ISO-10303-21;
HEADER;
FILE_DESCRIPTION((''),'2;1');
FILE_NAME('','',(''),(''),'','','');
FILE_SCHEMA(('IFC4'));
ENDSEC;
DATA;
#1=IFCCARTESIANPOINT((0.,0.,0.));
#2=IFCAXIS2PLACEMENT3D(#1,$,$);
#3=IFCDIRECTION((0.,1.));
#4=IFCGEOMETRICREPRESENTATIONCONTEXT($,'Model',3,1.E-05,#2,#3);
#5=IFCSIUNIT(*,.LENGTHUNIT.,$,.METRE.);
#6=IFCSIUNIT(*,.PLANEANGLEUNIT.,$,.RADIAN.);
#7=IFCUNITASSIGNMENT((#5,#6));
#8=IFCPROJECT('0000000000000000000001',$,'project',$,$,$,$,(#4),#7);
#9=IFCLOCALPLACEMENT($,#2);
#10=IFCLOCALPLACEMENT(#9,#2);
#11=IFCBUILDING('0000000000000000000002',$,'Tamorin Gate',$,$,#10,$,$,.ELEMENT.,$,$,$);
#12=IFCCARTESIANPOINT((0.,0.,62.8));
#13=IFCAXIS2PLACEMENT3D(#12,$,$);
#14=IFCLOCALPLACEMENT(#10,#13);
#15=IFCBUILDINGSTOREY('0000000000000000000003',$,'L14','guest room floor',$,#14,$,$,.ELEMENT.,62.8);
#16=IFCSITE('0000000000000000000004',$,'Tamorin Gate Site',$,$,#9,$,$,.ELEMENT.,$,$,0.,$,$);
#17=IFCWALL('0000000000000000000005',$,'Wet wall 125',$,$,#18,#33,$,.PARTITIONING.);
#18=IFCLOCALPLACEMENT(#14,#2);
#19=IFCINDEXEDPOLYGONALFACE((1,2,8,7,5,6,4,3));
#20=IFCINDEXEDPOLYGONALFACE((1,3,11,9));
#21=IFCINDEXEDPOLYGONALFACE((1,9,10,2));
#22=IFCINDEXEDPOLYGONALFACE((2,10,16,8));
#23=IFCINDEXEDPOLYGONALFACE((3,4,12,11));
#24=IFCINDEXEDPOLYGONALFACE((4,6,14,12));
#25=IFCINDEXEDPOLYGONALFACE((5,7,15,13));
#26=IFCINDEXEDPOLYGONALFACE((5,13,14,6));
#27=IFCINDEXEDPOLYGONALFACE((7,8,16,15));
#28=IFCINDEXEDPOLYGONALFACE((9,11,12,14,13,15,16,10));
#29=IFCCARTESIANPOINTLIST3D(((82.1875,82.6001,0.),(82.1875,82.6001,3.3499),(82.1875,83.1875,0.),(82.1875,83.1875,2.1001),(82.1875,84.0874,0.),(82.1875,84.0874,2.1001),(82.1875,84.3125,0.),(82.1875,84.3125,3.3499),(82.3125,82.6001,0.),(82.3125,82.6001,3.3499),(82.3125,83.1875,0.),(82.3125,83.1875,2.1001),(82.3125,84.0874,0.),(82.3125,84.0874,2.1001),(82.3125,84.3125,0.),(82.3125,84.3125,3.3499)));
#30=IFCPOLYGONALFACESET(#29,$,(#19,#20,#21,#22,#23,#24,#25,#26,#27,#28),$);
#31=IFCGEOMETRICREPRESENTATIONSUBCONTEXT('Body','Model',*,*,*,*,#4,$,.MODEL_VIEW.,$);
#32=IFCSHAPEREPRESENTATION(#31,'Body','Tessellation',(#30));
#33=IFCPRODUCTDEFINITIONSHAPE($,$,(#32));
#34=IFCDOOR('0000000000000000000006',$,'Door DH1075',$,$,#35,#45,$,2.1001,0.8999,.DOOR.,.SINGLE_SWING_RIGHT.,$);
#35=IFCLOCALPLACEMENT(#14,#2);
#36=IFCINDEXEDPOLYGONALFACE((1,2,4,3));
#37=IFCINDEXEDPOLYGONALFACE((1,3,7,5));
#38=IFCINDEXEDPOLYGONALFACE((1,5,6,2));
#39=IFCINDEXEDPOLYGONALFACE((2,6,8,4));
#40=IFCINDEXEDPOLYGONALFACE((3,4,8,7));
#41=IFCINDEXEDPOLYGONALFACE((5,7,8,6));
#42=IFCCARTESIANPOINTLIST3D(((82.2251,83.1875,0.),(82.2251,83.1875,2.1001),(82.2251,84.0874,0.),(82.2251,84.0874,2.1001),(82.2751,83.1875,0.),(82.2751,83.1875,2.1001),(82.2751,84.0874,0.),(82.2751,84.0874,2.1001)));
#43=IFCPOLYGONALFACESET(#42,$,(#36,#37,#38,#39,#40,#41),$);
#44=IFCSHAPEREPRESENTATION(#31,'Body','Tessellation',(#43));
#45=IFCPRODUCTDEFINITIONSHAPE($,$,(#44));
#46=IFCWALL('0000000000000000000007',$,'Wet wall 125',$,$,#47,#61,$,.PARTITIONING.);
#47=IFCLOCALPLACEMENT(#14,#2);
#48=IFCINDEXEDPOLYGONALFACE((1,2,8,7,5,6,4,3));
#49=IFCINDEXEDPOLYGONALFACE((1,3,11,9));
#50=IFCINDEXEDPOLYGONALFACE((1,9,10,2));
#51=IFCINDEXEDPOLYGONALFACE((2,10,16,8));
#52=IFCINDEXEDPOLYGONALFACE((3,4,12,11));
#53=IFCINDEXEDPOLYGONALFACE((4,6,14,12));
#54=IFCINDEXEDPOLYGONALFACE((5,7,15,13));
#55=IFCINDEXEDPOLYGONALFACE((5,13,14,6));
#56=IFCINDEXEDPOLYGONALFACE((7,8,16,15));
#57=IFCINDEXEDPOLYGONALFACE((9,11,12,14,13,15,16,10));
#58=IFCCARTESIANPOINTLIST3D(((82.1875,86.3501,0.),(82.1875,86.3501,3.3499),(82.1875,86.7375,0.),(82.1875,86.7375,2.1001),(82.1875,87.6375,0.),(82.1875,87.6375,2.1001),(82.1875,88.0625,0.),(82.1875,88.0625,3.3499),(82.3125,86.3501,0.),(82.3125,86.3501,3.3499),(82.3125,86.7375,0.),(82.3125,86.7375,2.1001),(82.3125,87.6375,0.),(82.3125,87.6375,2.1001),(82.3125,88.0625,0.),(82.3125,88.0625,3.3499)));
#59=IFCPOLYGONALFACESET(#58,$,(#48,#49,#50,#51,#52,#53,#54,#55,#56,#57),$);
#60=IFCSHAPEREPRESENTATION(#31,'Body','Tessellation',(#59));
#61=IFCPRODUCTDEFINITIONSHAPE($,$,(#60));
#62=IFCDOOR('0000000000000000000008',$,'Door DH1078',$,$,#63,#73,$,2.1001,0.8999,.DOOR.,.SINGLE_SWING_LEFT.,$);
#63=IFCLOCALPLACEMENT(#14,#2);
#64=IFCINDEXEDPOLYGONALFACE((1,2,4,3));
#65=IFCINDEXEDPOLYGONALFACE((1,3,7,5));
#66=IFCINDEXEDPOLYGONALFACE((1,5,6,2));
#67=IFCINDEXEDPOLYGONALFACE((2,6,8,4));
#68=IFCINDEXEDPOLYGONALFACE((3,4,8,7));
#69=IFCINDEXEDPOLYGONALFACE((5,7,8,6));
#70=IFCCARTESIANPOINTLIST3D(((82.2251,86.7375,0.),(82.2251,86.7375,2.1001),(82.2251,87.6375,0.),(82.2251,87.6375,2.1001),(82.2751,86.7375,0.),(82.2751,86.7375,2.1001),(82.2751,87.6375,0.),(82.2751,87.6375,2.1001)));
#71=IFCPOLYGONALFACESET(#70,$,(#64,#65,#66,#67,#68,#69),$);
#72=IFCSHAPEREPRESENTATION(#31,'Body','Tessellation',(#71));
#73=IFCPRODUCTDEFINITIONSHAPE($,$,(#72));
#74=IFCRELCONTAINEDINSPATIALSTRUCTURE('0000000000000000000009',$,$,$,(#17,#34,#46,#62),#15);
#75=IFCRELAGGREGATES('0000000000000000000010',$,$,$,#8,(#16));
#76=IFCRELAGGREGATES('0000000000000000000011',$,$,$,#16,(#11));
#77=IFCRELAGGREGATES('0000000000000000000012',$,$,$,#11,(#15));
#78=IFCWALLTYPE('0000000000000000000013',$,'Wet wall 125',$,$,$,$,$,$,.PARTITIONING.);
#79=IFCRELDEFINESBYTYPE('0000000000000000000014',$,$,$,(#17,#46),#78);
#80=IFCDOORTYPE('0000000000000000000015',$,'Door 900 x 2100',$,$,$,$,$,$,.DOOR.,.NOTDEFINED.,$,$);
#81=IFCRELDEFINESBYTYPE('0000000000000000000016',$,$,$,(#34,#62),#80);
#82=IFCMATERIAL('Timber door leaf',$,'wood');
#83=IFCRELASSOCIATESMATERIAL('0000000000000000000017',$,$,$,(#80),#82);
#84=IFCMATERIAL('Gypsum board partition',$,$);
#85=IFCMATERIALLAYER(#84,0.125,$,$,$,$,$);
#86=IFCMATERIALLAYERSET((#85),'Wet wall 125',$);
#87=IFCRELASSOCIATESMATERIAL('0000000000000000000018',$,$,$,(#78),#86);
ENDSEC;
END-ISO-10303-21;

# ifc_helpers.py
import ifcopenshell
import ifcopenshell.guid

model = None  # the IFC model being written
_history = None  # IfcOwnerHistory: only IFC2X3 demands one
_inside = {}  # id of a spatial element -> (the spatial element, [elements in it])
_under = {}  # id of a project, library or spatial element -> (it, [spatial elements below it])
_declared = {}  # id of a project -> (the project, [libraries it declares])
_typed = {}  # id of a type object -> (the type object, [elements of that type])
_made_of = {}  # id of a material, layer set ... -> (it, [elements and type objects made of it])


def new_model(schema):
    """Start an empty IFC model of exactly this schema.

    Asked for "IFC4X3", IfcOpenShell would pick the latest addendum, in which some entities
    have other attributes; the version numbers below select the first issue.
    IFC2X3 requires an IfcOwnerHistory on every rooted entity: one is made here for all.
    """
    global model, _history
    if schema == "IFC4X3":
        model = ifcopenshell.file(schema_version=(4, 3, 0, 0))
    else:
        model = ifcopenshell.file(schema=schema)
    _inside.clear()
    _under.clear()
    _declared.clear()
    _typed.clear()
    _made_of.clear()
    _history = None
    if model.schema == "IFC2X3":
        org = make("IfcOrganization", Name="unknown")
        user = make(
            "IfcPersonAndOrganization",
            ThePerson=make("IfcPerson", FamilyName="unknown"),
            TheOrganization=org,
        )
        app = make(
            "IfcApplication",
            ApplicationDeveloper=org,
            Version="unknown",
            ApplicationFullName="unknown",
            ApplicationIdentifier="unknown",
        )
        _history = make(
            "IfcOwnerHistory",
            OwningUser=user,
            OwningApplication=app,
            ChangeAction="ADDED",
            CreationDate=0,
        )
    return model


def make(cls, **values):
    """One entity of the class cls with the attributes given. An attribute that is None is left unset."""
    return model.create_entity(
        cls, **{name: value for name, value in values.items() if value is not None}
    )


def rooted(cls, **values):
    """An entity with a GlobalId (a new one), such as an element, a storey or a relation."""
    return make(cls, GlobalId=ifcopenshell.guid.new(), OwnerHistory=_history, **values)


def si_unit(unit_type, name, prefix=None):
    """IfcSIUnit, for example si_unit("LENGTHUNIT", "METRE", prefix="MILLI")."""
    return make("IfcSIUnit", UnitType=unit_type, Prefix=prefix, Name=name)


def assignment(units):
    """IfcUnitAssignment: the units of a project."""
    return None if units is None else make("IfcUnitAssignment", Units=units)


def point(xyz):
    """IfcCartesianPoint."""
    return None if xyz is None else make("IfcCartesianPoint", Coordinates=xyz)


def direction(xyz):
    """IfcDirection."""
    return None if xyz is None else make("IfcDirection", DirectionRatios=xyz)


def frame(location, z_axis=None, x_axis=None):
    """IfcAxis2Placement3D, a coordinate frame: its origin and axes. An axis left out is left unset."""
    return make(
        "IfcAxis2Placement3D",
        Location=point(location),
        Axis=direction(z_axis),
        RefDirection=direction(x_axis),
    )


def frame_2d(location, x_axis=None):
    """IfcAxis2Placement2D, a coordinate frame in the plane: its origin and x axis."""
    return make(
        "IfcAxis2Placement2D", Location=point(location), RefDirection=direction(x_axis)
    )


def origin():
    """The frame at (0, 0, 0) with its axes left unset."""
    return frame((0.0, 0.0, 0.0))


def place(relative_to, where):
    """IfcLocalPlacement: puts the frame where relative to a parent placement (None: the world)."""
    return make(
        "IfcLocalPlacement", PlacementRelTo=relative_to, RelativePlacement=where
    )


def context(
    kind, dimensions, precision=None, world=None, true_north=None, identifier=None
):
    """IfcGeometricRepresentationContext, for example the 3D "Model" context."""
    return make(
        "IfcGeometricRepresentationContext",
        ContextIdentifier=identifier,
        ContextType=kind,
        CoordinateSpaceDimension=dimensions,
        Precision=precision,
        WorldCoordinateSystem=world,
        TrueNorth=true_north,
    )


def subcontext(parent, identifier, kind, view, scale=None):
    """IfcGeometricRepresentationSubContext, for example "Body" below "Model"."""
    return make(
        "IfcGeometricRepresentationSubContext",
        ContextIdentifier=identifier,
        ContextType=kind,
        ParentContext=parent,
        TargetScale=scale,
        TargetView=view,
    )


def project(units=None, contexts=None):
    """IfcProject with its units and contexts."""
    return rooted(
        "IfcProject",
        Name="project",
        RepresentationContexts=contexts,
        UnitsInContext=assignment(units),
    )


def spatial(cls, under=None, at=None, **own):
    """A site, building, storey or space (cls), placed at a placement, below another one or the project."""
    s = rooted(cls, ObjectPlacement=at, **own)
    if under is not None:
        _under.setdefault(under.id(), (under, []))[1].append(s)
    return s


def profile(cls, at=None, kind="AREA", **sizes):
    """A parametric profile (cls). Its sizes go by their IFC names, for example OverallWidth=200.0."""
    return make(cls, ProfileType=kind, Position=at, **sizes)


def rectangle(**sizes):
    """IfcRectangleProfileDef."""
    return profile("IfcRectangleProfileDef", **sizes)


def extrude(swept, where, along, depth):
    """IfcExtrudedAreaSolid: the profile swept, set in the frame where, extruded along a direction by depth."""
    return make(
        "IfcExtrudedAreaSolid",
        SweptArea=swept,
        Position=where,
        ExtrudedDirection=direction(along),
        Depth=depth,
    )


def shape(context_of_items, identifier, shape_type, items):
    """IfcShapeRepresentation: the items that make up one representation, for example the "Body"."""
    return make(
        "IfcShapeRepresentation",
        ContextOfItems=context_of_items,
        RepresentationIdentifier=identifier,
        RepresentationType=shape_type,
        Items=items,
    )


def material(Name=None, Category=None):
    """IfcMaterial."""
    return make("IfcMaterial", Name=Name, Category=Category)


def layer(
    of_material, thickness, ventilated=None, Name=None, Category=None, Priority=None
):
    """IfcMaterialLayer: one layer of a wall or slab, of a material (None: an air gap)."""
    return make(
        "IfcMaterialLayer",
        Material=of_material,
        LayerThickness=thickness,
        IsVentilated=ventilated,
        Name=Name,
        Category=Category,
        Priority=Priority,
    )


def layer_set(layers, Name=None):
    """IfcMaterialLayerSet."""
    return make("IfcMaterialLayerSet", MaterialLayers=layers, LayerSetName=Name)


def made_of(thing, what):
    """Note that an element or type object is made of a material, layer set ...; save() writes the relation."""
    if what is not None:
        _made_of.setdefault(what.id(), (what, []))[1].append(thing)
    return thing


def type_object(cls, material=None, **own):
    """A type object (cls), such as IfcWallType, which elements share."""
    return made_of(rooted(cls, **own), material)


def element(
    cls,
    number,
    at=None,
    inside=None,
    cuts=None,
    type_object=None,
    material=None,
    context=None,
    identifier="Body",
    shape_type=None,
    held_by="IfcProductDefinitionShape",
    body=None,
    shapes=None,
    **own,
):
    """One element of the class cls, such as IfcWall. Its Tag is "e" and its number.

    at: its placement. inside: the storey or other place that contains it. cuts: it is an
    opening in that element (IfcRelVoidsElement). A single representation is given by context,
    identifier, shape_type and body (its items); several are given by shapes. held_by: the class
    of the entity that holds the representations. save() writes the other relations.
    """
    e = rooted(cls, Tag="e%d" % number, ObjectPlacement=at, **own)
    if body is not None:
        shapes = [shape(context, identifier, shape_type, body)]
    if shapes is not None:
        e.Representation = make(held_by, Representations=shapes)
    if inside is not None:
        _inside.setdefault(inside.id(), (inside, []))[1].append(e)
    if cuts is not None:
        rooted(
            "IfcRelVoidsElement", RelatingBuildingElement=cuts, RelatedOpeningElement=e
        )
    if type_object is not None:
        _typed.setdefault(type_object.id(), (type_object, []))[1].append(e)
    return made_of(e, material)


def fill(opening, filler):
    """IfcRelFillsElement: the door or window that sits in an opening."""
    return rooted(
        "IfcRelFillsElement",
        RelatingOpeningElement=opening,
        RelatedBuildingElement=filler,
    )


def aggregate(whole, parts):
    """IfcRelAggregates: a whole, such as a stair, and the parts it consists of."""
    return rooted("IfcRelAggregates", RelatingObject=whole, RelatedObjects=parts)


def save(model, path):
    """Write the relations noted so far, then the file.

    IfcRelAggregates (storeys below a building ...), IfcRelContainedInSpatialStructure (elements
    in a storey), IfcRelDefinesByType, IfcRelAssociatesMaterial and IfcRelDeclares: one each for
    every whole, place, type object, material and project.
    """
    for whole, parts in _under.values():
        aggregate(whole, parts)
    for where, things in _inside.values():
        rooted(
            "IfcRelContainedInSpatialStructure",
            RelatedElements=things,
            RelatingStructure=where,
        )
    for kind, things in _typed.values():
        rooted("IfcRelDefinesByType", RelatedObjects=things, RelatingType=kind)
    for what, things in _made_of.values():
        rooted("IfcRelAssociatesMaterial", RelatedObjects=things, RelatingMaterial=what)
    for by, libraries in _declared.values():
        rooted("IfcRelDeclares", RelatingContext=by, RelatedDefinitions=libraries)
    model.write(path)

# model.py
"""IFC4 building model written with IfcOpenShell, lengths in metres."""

from ifc_helpers import new_model, si_unit, direction, frame, frame_2d, origin, place, context, subcontext, project, spatial, rectangle, extrude, material, layer, layer_set, type_object, element, fill, save


model = new_model("IFC4")

# Units and contexts
model_context = context("Model", 3, precision=1e-05, world=origin(), true_north=direction((0.0, 1.0)))
body_context = subcontext(model_context, "Body", "Model", "MODEL_VIEW")
ifc_project = project(units=[si_unit("LENGTHUNIT", "METRE"), si_unit("PLANEANGLEUNIT", "RADIAN")], contexts=[model_context])

# Site, building, storey
site_placement = place(None, origin())
site = spatial("IfcSite", under=ifc_project, at=site_placement, Name="Tamorin Gate Site", CompositionType="ELEMENT", RefElevation=0.0)
building_placement = place(site_placement, origin())
building = spatial("IfcBuilding", under=site, at=building_placement, Name="Tamorin Gate", CompositionType="ELEMENT")
storey_placement = place(building_placement, frame((0.0, 0.0, 62.8)))
storey = spatial("IfcBuildingStorey", under=building, at=storey_placement, Name="L14", Description="guest room floor", CompositionType="ELEMENT", Elevation=62.8)

# Walls, openings, doors
ifc_material_1 = material(Name="Gypsum board partition")
ifc_material_2 = material(Name="Timber door leaf", Category="wood")
door_type = type_object("IfcDoorType", Name="Door 900 x 2100", OperationType="NOTDEFINED", PredefinedType="DOOR", material=ifc_material_2)
ifc_layer_1 = layer(ifc_material_1, 0.125)
ifc_layer_set_1 = layer_set([ifc_layer_1], Name="Wet wall 125")
wall_type_1 = type_object("IfcWallType", Name="Wet wall 125", PredefinedType="PARTITIONING", material=ifc_layer_set_1)
wall_1_placement = place(storey_placement, frame((82.25, 82.6001, 0.0), z_axis=(0.0, 0.0, 1.0), x_axis=(0.0, 1.0, 0.0)))
wall_1 = element("IfcWall", 1, at=wall_1_placement, inside=storey, type_object=wall_type_1, Name="Wet wall 125", PredefinedType="PARTITIONING", context=body_context, shape_type="SweptSolid", body=[
    extrude(rectangle(XDim=1.7124, YDim=0.125, at=frame_2d((0.8562, 0.0))), origin(), (0.0, 0.0, 1.0), 3.3499),
])
opening_1_placement = place(wall_1_placement, frame((0.5874, 0.0, 0.0)))
opening_1 = element("IfcOpeningElement", 2, at=opening_1_placement, cuts=wall_1, PredefinedType="OPENING", context=body_context, shape_type="SweptSolid", body=[
    extrude(rectangle(XDim=0.8999, YDim=2.1001, at=frame_2d((0.45, 1.05))), frame((0.0, 0.0725, 0.0), z_axis=(0.0, -1.0, 0.0), x_axis=(1.0, 0.0, 0.0)), (0.0, 0.0, 1.0), 0.145),
])
door_1_placement = place(opening_1_placement, origin())
door_1 = element("IfcDoor", 3, at=door_1_placement, inside=storey, type_object=door_type, Name="Door DH1075", OperationType="SINGLE_SWING_RIGHT", OverallHeight=2.1001, OverallWidth=0.8999, PredefinedType="DOOR", context=body_context, shape_type="SweptSolid", body=[
    extrude(rectangle(XDim=0.8999, YDim=2.1001, at=frame_2d((0.45, 1.05))), frame((0.0, 0.0249, 0.0), z_axis=(0.0, -1.0, 0.0), x_axis=(1.0, 0.0, 0.0)), (0.0, 0.0, 1.0), 0.05),
])
fill(opening_1, door_1)
wall_2_placement = place(storey_placement, frame((82.25, 86.3501, 0.0), z_axis=(0.0, 0.0, 1.0), x_axis=(0.0, 1.0, 0.0)))
wall_2 = element("IfcWall", 4, at=wall_2_placement, inside=storey, type_object=wall_type_1, Name="Wet wall 125", PredefinedType="PARTITIONING", context=body_context, shape_type="SweptSolid", body=[
    extrude(rectangle(XDim=1.7124, YDim=0.125, at=frame_2d((0.8562, 0.0))), origin(), (0.0, 0.0, 1.0), 3.3499),
])
opening_2_placement = place(wall_2_placement, frame((0.3875, 0.0, 0.0)))
opening_2 = element("IfcOpeningElement", 5, at=opening_2_placement, cuts=wall_2, PredefinedType="OPENING", context=body_context, shape_type="SweptSolid", body=[
    extrude(rectangle(XDim=0.8999, YDim=2.1001, at=frame_2d((0.45, 1.05))), frame((0.0, 0.0725, 0.0), z_axis=(0.0, -1.0, 0.0), x_axis=(1.0, 0.0, 0.0)), (0.0, 0.0, 1.0), 0.145),
])
door_2_placement = place(opening_2_placement, origin())
door_2 = element("IfcDoor", 6, at=door_2_placement, inside=storey, type_object=door_type, Name="Door DH1078", OperationType="SINGLE_SWING_LEFT", OverallHeight=2.1001, OverallWidth=0.8999, PredefinedType="DOOR", context=body_context, shape_type="SweptSolid", body=[
    extrude(rectangle(XDim=0.8999, YDim=2.1001, at=frame_2d((0.45, 1.05))), frame((0.0, 0.0249, 0.0), z_axis=(0.0, -1.0, 0.0), x_axis=(1.0, 0.0, 0.0)), (0.0, 0.0, 1.0), 0.05),
])
fill(opening_2, door_2)

save(model, "model.ifc")
